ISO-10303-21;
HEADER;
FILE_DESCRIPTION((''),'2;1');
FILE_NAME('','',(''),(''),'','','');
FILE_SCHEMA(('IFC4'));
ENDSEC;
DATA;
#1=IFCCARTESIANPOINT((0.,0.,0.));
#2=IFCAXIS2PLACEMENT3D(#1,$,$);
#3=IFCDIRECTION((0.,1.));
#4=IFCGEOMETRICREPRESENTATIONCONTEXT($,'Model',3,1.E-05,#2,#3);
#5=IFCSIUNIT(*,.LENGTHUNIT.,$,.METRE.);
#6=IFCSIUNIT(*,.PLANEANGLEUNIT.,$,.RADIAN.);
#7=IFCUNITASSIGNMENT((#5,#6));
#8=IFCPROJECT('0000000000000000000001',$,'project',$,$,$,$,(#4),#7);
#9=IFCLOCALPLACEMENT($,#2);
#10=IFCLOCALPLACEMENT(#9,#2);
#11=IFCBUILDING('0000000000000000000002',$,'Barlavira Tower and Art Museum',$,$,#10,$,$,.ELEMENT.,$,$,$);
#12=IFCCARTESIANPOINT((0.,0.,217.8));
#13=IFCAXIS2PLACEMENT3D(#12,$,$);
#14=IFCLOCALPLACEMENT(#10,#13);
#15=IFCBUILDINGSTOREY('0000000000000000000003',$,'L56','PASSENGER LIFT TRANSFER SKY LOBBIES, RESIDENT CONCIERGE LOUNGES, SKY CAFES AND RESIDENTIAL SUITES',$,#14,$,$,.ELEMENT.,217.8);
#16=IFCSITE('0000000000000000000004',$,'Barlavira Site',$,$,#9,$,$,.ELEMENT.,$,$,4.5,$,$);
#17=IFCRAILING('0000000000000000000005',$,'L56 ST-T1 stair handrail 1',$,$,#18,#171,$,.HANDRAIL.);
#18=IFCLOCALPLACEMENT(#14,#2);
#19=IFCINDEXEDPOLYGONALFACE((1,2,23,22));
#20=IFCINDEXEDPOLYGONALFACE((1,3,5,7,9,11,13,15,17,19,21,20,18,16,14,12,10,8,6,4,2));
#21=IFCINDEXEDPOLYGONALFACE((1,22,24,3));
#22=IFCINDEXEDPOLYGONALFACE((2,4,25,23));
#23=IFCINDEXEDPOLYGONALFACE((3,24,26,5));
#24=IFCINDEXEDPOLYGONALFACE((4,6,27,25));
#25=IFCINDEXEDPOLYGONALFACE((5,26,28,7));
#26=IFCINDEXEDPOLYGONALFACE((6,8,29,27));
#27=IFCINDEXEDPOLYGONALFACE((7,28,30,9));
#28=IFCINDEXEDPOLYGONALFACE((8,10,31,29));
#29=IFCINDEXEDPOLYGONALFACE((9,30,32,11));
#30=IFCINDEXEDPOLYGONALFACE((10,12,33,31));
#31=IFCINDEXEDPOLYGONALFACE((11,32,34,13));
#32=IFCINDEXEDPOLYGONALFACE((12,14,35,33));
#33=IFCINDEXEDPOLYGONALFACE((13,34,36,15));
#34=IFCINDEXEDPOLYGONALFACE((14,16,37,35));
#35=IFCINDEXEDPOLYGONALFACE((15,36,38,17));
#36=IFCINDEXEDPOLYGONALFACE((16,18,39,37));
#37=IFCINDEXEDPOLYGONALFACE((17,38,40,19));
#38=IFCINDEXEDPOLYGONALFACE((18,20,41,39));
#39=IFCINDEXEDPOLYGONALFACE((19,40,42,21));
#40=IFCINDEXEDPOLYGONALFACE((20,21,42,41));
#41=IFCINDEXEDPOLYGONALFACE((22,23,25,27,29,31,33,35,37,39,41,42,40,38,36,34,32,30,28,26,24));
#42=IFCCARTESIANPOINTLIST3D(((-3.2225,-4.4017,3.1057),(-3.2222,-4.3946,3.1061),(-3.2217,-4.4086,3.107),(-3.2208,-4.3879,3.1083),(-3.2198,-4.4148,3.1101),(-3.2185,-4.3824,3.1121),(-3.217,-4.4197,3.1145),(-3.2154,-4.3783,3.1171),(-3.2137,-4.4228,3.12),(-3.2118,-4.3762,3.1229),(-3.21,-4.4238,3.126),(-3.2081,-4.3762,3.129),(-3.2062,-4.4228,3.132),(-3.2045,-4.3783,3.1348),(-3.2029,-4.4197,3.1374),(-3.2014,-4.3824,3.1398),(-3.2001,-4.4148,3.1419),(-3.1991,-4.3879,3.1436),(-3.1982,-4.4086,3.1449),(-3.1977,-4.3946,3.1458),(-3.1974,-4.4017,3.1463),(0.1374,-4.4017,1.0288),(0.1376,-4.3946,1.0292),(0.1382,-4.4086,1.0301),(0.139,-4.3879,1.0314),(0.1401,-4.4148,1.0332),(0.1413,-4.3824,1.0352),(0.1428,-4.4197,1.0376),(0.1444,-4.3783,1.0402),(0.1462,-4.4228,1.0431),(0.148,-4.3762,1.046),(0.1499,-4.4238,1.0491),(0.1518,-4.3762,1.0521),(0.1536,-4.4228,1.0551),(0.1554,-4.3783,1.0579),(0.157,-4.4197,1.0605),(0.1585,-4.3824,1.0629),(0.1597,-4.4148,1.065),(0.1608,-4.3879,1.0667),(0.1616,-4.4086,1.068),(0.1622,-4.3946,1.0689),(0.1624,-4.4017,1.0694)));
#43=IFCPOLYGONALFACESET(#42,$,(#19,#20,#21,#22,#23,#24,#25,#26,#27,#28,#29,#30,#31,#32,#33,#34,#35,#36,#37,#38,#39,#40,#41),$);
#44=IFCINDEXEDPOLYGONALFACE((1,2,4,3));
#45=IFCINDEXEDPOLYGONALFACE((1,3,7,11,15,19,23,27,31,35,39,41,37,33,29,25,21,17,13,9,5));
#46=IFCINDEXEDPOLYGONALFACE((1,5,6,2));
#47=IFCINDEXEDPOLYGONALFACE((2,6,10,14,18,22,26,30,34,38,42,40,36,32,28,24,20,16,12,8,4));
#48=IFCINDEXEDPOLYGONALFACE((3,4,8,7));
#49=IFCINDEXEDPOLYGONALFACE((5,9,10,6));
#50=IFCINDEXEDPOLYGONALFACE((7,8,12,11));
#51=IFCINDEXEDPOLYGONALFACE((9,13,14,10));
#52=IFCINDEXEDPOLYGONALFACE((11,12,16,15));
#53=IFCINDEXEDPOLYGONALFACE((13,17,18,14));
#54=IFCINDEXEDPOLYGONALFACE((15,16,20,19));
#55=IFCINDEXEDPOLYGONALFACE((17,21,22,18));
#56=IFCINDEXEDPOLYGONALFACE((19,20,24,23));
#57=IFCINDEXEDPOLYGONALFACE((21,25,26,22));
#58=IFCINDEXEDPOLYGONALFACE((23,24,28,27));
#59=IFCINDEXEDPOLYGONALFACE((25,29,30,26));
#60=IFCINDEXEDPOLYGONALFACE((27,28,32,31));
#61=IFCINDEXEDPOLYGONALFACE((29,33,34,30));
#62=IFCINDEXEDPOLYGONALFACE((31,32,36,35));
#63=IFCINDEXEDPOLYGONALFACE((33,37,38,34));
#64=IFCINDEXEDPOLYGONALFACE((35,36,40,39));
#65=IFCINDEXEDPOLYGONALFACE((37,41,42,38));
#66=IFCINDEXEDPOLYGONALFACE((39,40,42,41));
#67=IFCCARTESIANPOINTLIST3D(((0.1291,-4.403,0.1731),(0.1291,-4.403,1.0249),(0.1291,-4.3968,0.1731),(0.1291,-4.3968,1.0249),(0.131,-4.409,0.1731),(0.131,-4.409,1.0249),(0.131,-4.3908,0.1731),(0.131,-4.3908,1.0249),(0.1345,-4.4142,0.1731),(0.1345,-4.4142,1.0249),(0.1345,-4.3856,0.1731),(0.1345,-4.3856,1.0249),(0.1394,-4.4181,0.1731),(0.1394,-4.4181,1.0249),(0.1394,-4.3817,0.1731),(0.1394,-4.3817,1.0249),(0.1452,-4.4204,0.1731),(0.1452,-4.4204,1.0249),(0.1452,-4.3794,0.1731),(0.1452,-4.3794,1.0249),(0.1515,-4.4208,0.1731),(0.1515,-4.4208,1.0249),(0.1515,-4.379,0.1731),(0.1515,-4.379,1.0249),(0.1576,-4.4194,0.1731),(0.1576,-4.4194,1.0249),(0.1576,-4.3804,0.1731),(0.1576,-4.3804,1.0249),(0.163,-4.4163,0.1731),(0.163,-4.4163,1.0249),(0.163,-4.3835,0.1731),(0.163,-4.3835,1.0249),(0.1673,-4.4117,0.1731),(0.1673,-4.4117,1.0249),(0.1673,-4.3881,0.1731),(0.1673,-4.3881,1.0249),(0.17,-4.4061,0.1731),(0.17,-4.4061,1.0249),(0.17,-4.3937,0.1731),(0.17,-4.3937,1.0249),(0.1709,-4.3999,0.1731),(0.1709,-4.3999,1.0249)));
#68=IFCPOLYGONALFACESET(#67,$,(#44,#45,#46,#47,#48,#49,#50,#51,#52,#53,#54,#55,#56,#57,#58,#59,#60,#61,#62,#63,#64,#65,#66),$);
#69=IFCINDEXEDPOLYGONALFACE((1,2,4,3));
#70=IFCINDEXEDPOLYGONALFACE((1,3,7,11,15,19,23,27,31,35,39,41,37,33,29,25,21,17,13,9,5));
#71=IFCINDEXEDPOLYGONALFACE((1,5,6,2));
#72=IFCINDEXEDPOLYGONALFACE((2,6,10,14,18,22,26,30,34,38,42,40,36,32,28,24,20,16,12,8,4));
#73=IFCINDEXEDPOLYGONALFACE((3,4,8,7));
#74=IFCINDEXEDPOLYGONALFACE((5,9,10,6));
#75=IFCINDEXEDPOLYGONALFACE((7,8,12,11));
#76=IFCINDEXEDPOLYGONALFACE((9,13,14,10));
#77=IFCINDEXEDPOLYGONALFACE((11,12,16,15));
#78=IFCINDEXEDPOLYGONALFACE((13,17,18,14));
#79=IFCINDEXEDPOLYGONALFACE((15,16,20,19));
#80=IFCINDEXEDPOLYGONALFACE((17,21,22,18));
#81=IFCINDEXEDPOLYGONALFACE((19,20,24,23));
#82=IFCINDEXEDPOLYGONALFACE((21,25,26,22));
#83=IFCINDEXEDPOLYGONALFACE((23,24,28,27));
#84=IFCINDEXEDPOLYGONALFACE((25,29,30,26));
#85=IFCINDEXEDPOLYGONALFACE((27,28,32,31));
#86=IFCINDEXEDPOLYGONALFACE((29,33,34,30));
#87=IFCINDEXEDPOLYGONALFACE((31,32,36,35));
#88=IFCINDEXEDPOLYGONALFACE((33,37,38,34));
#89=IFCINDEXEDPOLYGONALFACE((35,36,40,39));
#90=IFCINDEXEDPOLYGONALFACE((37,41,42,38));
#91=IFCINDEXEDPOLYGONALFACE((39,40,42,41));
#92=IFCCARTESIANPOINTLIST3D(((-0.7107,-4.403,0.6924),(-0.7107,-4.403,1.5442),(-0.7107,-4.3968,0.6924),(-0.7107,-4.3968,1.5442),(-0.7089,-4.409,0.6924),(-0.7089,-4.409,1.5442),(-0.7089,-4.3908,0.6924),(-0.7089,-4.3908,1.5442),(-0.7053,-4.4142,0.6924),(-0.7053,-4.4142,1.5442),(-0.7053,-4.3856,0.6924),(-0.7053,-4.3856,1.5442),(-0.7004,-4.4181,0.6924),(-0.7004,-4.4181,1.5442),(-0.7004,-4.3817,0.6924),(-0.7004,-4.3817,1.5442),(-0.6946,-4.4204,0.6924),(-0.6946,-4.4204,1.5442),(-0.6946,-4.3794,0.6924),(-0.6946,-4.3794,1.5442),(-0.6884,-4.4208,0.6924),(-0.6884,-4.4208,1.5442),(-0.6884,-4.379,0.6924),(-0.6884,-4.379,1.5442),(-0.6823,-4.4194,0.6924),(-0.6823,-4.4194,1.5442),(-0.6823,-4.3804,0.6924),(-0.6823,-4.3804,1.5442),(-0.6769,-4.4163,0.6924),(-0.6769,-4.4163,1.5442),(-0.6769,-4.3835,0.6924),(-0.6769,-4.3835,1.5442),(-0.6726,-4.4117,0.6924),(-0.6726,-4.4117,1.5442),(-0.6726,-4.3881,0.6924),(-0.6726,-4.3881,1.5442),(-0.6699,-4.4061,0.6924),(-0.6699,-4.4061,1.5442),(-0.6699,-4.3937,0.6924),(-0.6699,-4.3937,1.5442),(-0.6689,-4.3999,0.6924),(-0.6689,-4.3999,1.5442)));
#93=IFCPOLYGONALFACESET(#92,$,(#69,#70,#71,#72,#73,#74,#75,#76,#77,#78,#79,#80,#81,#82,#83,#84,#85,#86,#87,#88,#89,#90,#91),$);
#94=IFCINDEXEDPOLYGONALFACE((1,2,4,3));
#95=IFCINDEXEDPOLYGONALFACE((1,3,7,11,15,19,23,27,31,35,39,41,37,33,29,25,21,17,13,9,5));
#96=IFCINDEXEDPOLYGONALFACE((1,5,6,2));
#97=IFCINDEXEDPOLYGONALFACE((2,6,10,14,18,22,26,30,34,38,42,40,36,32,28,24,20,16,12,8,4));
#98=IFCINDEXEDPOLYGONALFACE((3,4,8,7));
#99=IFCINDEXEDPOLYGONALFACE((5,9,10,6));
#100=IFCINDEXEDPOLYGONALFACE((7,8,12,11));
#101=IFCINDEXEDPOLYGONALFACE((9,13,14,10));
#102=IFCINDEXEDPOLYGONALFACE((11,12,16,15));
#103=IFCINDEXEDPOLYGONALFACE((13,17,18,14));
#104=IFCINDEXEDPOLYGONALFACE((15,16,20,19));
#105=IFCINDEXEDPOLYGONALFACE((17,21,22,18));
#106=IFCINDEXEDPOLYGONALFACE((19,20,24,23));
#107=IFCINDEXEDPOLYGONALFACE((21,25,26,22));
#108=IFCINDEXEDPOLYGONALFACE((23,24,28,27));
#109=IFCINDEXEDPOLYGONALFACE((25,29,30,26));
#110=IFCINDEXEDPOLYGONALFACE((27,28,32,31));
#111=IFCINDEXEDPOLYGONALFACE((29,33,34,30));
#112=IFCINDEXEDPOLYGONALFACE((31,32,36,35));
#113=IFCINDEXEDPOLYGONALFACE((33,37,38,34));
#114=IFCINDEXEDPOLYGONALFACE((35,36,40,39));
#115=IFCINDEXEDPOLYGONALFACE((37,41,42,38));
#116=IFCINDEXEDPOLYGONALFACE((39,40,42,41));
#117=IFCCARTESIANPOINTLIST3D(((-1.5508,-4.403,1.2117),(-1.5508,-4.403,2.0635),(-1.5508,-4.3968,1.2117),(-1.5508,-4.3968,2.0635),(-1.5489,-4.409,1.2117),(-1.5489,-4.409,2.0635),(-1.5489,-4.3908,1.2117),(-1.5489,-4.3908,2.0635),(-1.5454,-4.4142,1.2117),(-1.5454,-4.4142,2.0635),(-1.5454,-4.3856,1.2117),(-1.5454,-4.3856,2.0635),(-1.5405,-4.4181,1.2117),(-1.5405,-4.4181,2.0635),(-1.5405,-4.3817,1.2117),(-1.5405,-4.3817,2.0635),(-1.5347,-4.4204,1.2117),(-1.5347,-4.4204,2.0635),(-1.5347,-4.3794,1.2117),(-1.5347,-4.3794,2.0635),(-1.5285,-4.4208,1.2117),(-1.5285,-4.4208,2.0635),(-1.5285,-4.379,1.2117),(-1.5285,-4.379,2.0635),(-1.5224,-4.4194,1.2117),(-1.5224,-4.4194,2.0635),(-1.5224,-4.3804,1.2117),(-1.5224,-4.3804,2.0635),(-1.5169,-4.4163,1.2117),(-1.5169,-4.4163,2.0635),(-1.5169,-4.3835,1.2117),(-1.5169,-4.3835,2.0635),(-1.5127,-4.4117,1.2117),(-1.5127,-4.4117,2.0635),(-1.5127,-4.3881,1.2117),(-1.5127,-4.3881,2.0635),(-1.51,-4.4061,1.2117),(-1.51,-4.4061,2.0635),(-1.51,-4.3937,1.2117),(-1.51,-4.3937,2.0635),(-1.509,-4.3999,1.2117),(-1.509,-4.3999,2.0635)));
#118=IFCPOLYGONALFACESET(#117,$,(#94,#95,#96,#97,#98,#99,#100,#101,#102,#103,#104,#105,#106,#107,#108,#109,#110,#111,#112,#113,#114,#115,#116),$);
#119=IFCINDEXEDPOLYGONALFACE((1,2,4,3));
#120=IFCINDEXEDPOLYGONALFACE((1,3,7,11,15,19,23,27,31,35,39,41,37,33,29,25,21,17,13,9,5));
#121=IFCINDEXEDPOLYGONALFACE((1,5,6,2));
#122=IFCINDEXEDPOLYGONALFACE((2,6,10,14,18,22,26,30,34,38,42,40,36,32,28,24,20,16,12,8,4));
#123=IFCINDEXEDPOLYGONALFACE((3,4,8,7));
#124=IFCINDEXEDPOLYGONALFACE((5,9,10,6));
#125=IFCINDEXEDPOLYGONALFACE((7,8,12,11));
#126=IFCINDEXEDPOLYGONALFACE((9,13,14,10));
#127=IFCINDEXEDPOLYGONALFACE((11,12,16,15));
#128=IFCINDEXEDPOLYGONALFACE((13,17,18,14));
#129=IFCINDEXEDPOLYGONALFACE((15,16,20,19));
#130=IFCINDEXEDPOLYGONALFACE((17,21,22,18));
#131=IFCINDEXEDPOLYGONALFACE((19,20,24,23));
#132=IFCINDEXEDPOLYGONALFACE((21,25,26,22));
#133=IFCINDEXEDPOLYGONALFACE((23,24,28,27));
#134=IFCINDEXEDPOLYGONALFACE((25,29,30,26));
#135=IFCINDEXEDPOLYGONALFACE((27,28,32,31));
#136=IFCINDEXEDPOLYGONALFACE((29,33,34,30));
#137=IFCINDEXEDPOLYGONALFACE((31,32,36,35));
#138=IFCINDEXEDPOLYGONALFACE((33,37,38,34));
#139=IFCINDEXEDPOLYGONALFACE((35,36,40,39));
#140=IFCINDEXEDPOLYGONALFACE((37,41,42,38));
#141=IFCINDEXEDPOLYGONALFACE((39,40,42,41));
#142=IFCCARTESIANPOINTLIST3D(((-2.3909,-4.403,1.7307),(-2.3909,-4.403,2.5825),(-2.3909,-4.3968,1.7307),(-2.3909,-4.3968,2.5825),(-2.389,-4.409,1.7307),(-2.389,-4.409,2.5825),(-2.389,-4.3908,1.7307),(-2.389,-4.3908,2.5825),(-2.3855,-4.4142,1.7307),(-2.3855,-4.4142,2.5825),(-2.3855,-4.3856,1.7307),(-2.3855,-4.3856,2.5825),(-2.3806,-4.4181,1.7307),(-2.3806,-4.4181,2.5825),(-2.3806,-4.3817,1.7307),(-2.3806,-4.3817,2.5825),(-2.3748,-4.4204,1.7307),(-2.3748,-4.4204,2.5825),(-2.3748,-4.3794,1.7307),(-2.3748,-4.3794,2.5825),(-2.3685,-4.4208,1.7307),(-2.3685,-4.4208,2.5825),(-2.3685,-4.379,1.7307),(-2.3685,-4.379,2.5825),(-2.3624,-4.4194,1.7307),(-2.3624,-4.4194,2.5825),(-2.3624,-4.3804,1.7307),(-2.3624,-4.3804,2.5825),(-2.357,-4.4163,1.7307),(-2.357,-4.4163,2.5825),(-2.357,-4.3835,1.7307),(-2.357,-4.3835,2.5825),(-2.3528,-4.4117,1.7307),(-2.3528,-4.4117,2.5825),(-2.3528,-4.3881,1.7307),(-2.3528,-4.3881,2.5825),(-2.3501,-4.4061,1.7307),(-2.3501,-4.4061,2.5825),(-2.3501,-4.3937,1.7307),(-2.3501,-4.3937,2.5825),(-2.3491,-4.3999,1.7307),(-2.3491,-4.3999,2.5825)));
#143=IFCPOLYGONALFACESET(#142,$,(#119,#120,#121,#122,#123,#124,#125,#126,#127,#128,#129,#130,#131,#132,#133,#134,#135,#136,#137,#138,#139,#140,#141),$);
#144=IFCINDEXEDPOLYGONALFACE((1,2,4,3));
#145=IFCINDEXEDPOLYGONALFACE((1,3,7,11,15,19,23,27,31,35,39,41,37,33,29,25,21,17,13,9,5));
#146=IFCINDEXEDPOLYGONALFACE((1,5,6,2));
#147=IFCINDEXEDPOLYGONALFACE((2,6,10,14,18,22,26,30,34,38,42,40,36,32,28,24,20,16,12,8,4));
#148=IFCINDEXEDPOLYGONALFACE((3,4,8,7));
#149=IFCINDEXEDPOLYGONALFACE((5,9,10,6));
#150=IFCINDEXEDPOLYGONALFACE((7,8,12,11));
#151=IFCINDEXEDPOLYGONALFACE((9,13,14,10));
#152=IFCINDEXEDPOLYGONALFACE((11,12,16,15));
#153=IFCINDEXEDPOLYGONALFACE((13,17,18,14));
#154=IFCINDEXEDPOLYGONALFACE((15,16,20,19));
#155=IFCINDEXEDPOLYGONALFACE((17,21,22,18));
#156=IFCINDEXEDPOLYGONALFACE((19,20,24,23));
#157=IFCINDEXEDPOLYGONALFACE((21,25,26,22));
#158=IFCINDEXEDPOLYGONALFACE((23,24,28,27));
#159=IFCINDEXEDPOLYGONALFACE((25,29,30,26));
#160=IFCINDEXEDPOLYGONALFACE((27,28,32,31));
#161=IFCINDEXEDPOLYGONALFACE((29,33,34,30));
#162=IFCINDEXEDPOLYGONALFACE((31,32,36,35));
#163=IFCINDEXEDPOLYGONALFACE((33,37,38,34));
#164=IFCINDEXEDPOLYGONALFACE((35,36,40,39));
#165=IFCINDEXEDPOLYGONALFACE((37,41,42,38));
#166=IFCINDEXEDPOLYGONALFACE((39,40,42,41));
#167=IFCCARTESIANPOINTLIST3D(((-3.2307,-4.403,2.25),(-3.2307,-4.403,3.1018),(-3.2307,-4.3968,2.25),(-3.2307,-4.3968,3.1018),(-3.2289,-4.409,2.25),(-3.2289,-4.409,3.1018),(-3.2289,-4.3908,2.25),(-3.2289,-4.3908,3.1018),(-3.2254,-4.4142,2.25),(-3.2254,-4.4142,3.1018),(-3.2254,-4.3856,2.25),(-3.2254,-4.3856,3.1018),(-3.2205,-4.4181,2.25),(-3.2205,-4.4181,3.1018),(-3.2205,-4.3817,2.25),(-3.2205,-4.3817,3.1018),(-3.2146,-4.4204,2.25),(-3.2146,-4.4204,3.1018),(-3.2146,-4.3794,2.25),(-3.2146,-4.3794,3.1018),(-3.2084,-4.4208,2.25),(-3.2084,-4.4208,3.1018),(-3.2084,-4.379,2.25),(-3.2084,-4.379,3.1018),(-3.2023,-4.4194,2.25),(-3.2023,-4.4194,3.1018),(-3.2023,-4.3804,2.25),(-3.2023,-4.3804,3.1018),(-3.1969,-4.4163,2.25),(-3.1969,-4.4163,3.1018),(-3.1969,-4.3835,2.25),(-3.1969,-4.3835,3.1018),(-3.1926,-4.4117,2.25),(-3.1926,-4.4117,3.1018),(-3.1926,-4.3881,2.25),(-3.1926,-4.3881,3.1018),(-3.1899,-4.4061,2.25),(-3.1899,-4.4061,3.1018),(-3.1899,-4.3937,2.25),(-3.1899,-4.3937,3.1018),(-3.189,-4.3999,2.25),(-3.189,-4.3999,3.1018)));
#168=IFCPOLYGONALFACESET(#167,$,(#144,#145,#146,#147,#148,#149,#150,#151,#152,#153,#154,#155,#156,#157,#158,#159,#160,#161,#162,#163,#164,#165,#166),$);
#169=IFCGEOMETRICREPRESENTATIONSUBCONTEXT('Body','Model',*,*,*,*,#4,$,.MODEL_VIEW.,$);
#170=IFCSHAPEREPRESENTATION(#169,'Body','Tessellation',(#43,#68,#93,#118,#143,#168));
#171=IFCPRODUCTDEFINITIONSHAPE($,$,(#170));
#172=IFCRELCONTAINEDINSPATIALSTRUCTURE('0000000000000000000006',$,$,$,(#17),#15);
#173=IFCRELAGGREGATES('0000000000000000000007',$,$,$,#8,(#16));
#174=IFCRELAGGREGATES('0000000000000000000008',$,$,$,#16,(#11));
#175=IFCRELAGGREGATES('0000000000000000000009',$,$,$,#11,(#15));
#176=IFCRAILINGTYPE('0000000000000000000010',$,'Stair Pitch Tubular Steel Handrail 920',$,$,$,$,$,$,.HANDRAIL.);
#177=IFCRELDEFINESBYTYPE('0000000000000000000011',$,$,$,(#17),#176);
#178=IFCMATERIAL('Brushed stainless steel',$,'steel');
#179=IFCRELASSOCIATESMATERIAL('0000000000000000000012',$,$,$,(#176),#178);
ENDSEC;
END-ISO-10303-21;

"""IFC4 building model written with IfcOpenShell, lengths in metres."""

from ifc_helpers import new_model, si_unit, direction, frame, origin, origin_2d, place, context, subcontext, project, spatial, circle, extrude, material, type_object, element, save


model = new_model("IFC4")

# Units and contexts
model_context = context("Model", 3, precision=1e-05, world=origin(), true_north=direction((0.0, 1.0)))
body_context = subcontext(model_context, "Body", "Model", "MODEL_VIEW")
ifc_project = project(units=[si_unit("LENGTHUNIT", "METRE"), si_unit("PLANEANGLEUNIT", "RADIAN")], contexts=[model_context])

# Site, building, storey
site_placement = place(None, origin())
site = spatial("IfcSite", under=ifc_project, at=site_placement, Name="Barlavira Site", CompositionType="ELEMENT", RefElevation=4.5)
building_placement = place(site_placement, origin())
building = spatial("IfcBuilding", under=site, at=building_placement, Name="Barlavira Tower and Art Museum", CompositionType="ELEMENT")
storey_placement = place(building_placement, frame((0.0, 0.0, 217.8)))
storey = spatial("IfcBuildingStorey", under=building, at=storey_placement, Name="L56", Description="PASSENGER LIFT TRANSFER SKY LOBBIES, RESIDENT CONCIERGE LOUNGES, SKY CAFES AND RESIDENTIAL SUITES", CompositionType="ELEMENT", Elevation=217.8)

# Shared definitions
ifc_material_1 = material(Name="Brushed stainless steel", Category="steel")

# Railing
railing_type_1 = type_object("IfcRailingType", Name="Stair Pitch Tubular Steel Handrail 920", PredefinedType="HANDRAIL", material=ifc_material_1)
railing_1_placement = place(storey_placement, frame((0.1499, -4.3999, 0.1731)))
element("IfcRailing", 1, at=railing_1_placement, inside=storey, type_object=railing_type_1, Name="L56 ST-T1 stair handrail 1", PredefinedType="HANDRAIL", context=body_context, shape_type="SweptSolid", body=[
    extrude(circle(Radius=0.0239, at=origin_2d()), frame((0.0, 0.0, 0.876), z_axis=(-0.850606, 0.0, 0.525803), x_axis=(0.0, -1.0, 0.0)), (0.0, 0.0, 1.0), 3.95),
    extrude(circle(Radius=0.021, at=origin_2d()), origin(), (0.0, 0.0, 1.0), 0.8518),
    extrude(circle(Radius=0.021, at=origin_2d()), frame((-0.8398, 0.0, 0.5193)), (0.0, 0.0, 1.0), 0.8518),
    extrude(circle(Radius=0.021, at=origin_2d()), frame((-1.6799, 0.0, 1.0386)), (0.0, 0.0, 1.0), 0.8518),
    extrude(circle(Radius=0.021, at=origin_2d()), frame((-2.52, 0.0, 1.5576)), (0.0, 0.0, 1.0), 0.8518),
    extrude(circle(Radius=0.021, at=origin_2d()), frame((-3.3599, 0.0, 2.0769)), (0.0, 0.0, 1.0), 0.8518),
])

save(model, "model.ifc")
